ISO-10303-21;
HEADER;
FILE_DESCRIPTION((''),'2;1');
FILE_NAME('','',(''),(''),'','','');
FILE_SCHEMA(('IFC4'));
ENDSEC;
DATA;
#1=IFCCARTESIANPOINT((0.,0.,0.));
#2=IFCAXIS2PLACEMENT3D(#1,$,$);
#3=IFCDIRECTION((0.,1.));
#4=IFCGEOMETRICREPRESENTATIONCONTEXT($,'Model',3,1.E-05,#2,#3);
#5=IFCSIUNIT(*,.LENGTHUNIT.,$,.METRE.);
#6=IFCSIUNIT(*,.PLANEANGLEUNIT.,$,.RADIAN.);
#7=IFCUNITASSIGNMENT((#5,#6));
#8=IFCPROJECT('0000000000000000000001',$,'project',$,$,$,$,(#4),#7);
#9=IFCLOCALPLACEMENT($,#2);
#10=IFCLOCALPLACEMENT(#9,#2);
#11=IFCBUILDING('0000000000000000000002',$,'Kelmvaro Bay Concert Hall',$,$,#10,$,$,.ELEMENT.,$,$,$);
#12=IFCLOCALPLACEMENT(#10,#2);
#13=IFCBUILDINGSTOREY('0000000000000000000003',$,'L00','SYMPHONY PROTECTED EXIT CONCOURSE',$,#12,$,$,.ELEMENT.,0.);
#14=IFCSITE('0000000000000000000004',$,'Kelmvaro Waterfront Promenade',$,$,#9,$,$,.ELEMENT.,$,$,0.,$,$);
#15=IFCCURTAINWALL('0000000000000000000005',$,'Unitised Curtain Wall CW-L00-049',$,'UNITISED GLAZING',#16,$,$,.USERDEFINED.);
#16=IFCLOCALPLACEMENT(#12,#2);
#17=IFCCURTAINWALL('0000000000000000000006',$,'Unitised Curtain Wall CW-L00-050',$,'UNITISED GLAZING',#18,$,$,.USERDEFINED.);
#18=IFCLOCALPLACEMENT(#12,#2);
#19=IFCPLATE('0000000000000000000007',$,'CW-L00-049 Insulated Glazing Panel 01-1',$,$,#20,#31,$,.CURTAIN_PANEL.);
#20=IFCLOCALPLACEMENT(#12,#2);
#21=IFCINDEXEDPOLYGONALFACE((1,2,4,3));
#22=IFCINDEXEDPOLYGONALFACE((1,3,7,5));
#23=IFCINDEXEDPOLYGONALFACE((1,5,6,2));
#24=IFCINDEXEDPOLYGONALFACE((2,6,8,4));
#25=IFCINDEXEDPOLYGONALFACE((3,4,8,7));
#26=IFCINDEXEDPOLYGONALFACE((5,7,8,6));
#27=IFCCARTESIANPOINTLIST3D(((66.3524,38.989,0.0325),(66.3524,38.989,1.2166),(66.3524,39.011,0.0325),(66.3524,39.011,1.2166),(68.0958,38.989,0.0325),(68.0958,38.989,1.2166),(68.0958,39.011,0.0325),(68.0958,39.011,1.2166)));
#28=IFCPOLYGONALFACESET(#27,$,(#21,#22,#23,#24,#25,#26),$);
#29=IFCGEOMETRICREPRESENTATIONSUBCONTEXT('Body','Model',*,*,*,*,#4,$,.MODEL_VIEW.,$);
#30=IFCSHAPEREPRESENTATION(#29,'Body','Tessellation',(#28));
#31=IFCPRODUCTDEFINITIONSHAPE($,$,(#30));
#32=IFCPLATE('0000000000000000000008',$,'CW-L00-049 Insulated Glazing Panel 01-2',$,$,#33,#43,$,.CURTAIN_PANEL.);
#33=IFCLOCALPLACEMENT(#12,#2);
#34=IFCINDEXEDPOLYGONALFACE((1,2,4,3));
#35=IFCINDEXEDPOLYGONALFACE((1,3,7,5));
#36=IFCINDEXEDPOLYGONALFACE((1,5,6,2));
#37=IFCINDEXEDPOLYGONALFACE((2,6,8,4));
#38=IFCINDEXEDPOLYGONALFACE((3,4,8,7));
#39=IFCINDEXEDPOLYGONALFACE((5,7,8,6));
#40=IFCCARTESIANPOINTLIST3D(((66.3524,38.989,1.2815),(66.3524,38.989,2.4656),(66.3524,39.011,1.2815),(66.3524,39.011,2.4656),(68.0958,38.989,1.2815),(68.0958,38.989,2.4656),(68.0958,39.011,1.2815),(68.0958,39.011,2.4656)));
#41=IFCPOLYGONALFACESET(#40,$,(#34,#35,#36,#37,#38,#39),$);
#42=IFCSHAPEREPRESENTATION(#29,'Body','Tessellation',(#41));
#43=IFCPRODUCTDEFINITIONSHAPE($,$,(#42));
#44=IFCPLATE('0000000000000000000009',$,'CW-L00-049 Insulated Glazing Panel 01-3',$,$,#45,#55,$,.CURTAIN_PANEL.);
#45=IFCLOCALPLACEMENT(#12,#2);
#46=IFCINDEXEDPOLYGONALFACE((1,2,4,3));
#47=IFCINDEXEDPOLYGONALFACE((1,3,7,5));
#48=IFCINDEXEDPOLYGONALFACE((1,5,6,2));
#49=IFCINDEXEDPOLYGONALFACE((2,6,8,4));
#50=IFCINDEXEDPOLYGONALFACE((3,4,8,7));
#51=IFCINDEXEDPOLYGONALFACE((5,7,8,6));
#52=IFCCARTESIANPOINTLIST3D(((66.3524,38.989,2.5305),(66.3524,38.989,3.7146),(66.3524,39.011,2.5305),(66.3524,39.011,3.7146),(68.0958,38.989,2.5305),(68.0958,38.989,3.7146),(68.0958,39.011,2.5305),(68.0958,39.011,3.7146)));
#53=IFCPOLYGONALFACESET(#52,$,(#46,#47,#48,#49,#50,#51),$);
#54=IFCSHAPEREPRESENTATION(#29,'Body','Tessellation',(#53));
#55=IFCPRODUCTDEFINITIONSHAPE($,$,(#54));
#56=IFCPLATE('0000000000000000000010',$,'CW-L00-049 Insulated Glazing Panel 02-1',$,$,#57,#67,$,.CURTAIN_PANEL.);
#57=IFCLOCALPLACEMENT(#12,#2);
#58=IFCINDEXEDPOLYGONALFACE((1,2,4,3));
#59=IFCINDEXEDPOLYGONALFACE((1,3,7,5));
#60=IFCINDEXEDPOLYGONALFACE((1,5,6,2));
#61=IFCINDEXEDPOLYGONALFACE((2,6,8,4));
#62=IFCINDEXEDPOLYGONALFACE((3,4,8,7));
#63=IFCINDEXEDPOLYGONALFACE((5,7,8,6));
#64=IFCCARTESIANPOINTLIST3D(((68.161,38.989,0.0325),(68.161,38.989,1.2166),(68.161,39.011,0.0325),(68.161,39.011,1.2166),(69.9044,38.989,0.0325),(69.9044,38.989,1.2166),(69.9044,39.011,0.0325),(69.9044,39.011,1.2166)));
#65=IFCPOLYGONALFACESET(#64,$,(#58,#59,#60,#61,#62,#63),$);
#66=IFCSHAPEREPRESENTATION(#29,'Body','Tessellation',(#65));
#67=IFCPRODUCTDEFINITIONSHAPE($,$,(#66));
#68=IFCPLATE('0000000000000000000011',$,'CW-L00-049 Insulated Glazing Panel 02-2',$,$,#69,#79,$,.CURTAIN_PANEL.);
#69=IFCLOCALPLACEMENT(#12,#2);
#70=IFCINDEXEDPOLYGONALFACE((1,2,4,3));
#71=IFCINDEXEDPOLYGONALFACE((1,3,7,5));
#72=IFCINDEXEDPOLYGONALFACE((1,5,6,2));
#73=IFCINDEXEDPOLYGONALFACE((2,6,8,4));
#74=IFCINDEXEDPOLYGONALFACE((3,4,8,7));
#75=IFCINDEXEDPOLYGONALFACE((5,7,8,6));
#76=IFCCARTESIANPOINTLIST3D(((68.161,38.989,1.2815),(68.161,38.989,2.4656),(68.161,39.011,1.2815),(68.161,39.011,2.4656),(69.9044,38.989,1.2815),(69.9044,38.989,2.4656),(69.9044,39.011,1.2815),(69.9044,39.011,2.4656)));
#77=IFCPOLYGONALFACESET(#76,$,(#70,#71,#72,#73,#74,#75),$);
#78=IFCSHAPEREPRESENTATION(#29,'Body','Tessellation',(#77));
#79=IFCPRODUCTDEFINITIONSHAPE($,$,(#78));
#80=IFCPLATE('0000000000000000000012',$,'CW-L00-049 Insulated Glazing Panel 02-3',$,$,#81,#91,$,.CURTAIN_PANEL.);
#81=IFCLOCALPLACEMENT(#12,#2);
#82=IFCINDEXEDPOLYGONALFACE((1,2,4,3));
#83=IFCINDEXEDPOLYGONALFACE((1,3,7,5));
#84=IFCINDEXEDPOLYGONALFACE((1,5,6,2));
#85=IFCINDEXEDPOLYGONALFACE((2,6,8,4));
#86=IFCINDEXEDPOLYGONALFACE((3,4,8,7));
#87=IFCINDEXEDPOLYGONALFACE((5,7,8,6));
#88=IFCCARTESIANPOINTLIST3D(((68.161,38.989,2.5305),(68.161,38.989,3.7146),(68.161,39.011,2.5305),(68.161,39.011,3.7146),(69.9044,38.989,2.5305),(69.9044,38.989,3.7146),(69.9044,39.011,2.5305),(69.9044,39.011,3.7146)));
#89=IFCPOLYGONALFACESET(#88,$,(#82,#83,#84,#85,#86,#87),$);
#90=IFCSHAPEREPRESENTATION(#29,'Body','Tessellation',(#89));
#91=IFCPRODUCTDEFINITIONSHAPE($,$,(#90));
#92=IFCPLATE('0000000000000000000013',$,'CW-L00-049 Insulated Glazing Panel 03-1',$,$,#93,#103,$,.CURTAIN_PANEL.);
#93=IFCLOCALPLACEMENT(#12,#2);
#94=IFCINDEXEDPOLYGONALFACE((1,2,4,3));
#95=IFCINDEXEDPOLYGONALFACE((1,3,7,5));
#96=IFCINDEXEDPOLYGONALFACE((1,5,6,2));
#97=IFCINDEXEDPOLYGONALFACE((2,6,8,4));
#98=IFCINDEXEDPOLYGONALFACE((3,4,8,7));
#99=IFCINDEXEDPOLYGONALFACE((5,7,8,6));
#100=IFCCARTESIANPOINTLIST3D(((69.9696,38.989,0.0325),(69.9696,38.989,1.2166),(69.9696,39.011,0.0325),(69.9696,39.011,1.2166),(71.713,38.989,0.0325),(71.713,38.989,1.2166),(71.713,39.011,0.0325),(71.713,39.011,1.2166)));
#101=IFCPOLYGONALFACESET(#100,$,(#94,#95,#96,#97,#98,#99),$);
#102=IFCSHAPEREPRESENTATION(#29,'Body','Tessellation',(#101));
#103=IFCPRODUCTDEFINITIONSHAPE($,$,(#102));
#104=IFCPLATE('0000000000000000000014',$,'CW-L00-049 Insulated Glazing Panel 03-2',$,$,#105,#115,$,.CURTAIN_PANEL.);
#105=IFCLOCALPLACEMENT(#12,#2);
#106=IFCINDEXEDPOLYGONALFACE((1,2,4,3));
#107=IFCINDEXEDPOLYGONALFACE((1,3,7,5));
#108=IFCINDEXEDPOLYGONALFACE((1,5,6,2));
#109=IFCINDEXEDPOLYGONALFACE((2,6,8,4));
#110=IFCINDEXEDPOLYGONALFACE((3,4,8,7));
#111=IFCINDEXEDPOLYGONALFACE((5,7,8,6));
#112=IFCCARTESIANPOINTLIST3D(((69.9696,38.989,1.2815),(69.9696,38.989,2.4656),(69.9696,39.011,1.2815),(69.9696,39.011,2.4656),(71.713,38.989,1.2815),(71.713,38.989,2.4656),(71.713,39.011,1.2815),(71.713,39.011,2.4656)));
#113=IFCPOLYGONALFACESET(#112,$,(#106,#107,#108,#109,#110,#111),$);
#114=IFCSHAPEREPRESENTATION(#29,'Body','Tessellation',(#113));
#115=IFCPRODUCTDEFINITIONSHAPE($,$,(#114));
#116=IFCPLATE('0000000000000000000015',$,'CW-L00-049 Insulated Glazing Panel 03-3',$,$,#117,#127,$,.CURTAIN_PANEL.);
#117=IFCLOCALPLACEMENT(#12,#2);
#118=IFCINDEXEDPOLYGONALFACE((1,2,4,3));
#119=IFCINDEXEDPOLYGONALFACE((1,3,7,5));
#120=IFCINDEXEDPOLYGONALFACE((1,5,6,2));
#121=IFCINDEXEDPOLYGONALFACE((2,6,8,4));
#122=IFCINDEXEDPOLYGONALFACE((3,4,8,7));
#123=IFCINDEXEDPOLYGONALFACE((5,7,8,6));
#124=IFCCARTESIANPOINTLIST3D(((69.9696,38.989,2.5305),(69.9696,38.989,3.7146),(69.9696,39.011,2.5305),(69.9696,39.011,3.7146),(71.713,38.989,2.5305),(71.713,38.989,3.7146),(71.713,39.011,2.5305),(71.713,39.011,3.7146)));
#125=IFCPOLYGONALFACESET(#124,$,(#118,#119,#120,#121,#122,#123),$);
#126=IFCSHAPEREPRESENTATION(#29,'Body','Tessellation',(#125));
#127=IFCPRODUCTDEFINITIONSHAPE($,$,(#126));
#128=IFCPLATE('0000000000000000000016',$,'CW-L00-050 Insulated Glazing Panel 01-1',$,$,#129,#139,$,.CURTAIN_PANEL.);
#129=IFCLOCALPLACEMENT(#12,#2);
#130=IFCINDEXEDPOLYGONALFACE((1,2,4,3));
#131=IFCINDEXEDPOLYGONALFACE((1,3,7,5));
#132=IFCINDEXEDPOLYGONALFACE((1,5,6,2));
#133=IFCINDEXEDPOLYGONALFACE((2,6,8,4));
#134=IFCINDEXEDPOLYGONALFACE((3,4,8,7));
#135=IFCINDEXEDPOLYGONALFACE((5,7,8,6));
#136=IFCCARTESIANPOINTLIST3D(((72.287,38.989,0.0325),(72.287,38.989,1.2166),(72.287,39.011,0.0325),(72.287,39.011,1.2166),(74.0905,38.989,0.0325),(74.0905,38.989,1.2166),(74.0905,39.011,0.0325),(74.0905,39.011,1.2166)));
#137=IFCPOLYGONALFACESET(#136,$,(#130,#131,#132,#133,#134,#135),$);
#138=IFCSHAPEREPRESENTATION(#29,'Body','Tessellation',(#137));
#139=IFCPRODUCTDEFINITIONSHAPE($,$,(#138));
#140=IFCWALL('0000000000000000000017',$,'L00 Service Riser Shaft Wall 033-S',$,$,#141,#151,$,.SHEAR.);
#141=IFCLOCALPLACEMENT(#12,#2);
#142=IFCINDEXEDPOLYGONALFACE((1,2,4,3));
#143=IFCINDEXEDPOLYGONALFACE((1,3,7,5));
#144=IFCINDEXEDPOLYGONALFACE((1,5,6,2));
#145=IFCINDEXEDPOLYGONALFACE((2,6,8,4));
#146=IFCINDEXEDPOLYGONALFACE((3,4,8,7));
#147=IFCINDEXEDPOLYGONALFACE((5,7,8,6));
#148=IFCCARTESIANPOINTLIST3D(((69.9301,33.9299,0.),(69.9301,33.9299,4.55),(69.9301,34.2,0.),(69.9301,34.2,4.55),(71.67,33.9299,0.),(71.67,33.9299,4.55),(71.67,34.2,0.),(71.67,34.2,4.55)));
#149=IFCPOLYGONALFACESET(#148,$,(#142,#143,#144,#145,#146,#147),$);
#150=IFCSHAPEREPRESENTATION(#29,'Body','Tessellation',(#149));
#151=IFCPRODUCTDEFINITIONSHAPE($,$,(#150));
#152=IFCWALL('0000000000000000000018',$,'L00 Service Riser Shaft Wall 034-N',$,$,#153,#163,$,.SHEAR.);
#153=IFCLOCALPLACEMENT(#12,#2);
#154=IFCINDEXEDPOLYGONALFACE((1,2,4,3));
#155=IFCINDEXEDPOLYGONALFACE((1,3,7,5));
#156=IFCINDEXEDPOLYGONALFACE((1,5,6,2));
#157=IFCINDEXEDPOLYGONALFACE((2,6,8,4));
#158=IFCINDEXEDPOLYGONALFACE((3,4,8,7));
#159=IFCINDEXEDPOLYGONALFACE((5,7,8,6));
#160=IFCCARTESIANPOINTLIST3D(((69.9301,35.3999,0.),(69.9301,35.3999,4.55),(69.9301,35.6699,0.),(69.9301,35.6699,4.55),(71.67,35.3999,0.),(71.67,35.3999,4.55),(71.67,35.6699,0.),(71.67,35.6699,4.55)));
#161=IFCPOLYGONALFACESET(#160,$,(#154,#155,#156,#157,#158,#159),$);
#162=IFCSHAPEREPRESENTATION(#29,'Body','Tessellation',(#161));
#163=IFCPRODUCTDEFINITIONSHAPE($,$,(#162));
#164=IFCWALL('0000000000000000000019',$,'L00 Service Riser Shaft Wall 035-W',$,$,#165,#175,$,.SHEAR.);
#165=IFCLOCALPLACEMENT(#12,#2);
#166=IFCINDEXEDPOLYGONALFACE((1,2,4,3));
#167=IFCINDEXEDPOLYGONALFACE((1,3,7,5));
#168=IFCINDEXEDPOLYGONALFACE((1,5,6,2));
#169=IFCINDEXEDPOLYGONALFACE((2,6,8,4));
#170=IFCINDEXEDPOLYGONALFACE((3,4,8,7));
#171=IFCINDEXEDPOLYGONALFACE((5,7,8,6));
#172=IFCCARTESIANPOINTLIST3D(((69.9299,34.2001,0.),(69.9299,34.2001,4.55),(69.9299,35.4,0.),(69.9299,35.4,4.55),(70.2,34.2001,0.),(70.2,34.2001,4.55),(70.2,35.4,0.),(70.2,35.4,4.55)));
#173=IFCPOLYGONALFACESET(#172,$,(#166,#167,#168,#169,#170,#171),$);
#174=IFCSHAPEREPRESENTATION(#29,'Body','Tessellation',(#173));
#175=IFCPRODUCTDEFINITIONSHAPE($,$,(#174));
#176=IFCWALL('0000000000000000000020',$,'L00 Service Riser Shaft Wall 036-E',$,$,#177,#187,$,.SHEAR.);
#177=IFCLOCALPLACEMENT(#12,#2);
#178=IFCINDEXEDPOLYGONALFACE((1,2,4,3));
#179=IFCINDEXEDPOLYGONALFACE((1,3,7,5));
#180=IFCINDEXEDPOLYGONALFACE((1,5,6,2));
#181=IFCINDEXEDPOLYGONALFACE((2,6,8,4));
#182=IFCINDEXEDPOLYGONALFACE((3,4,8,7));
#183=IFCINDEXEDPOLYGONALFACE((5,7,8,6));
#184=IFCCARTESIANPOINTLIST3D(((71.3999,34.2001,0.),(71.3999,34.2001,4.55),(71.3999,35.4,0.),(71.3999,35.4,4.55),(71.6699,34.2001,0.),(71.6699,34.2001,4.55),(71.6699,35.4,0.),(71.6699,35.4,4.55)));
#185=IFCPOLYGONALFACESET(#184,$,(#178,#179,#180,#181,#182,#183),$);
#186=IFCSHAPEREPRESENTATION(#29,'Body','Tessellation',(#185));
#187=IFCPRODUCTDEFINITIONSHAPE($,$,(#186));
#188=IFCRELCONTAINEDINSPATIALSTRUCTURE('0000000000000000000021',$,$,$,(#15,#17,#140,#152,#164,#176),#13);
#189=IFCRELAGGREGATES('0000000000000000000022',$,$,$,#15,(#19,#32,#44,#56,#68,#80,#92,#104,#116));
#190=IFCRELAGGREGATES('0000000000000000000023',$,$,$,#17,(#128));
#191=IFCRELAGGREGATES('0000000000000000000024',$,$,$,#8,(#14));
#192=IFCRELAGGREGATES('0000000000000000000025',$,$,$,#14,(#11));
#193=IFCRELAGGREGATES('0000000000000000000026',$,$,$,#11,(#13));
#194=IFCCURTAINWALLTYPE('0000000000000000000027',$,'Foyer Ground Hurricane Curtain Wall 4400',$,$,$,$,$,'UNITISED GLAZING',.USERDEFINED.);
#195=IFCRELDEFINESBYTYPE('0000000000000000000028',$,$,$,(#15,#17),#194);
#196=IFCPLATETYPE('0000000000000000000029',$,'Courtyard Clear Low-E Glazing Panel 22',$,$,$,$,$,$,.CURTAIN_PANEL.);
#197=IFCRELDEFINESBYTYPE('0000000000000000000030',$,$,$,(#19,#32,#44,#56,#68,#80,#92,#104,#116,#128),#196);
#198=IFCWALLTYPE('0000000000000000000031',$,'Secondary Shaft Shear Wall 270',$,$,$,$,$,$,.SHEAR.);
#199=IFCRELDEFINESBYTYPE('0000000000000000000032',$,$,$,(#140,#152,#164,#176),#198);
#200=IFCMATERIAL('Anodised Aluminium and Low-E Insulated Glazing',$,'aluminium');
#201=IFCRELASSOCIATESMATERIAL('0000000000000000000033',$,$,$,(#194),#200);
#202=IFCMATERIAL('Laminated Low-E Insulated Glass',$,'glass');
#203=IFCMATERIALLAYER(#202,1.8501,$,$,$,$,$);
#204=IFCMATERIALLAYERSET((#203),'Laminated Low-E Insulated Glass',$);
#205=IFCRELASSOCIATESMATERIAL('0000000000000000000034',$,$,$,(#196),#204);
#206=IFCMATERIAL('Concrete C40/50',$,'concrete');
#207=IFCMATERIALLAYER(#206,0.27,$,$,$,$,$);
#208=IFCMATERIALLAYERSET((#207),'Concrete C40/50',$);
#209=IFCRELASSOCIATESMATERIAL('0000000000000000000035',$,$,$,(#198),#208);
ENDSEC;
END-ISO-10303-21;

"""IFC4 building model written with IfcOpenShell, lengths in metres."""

from ifc_helpers import new_model, si_unit, direction, frame, frame_2d, origin, origin_2d, place, context, subcontext, project, spatial, rectangle, extrude, material, layer, layer_set, type_object, element, aggregate, save


model = new_model("IFC4")

# Units and contexts
model_context = context("Model", 3, precision=1e-05, world=origin(), true_north=direction((0.0, 1.0)))
body_context = subcontext(model_context, "Body", "Model", "MODEL_VIEW")
ifc_project = project(units=[si_unit("LENGTHUNIT", "METRE"), si_unit("PLANEANGLEUNIT", "RADIAN")], contexts=[model_context])

# Site, building, storey
site_placement = place(None, origin())
site = spatial("IfcSite", under=ifc_project, at=site_placement, Name="Kelmvaro Waterfront Promenade", CompositionType="ELEMENT", RefElevation=0.0)
building_placement = place(site_placement, origin())
building = spatial("IfcBuilding", under=site, at=building_placement, Name="Kelmvaro Bay Concert Hall", CompositionType="ELEMENT")
storey_placement = place(building_placement, origin())
storey = spatial("IfcBuildingStorey", under=building, at=storey_placement, Name="L00", Description="SYMPHONY PROTECTED EXIT CONCOURSE", CompositionType="ELEMENT", Elevation=0.0)

# Curtain wall
ifc_material_1 = material(Name="Anodised Aluminium and Low-E Insulated Glazing", Category="aluminium")
curtain_wall_type = type_object("IfcCurtainWallType", Name="Foyer Ground Hurricane Curtain Wall 4400", ElementType="UNITISED GLAZING", PredefinedType="USERDEFINED", material=ifc_material_1)
curtain_wall_1_placement = place(storey_placement, origin())
curtain_wall_1 = element("IfcCurtainWall", 1, at=curtain_wall_1_placement, inside=storey, type_object=curtain_wall_type, Name="Unitised Curtain Wall CW-L00-049", ObjectType="UNITISED GLAZING", PredefinedType="USERDEFINED")

# Curtain wall
curtain_wall_2_placement = place(storey_placement, origin())
curtain_wall_2 = element("IfcCurtainWall", 2, at=curtain_wall_2_placement, inside=storey, type_object=curtain_wall_type, Name="Unitised Curtain Wall CW-L00-050", ObjectType="UNITISED GLAZING", PredefinedType="USERDEFINED")

# Plates
ifc_material_2 = material(Name="Laminated Low-E Insulated Glass", Category="glass")
ifc_layer_1 = layer(ifc_material_2, 1.8501)
ifc_layer_set_1 = layer_set([ifc_layer_1], Name="Laminated Low-E Insulated Glass")
plate_type = type_object("IfcPlateType", Name="Courtyard Clear Low-E Glazing Panel 22", PredefinedType="CURTAIN_PANEL", material=ifc_layer_set_1)
plate_1_placement = place(storey_placement, frame((67.2241, 39.0, 0.0325), z_axis=(0.0, 0.0, 1.0), x_axis=(1.0, 0.0, 0.0)))
plate_1 = element("IfcPlate", 3, at=plate_1_placement, type_object=plate_type, Name="CW-L00-049 Insulated Glazing Panel 01-1", PredefinedType="CURTAIN_PANEL", context=body_context, shape_type="SweptSolid", body=[
    extrude(rectangle(XDim=1.7434, YDim=0.022, at=origin_2d()), origin(), (0.0, 0.0, 1.0), 1.1841),
])
plate_2_placement = place(storey_placement, frame((67.2241, 39.0, 1.2815), z_axis=(0.0, 0.0, 1.0), x_axis=(1.0, 0.0, 0.0)))
plate_2 = element("IfcPlate", 4, at=plate_2_placement, type_object=plate_type, Name="CW-L00-049 Insulated Glazing Panel 01-2", PredefinedType="CURTAIN_PANEL", context=body_context, shape_type="SweptSolid", body=[
    extrude(rectangle(XDim=1.7434, YDim=0.022, at=origin_2d()), origin(), (0.0, 0.0, 1.0), 1.1841),
])
plate_3_placement = place(storey_placement, frame((67.2241, 39.0, 2.5305), z_axis=(0.0, 0.0, 1.0), x_axis=(1.0, 0.0, 0.0)))
plate_3 = element("IfcPlate", 5, at=plate_3_placement, type_object=plate_type, Name="CW-L00-049 Insulated Glazing Panel 01-3", PredefinedType="CURTAIN_PANEL", context=body_context, shape_type="SweptSolid", body=[
    extrude(rectangle(XDim=1.7434, YDim=0.022, at=origin_2d()), origin(), (0.0, 0.0, 1.0), 1.1841),
])
plate_4_placement = place(storey_placement, frame((69.0327, 39.0, 0.0325), z_axis=(0.0, 0.0, 1.0), x_axis=(1.0, 0.0, 0.0)))
plate_4 = element("IfcPlate", 6, at=plate_4_placement, type_object=plate_type, Name="CW-L00-049 Insulated Glazing Panel 02-1", PredefinedType="CURTAIN_PANEL", context=body_context, shape_type="SweptSolid", body=[
    extrude(rectangle(XDim=1.7434, YDim=0.022, at=origin_2d()), origin(), (0.0, 0.0, 1.0), 1.1841),
])
plate_5_placement = place(storey_placement, frame((69.0327, 39.0, 1.2815), z_axis=(0.0, 0.0, 1.0), x_axis=(1.0, 0.0, 0.0)))
plate_5 = element("IfcPlate", 7, at=plate_5_placement, type_object=plate_type, Name="CW-L00-049 Insulated Glazing Panel 02-2", PredefinedType="CURTAIN_PANEL", context=body_context, shape_type="SweptSolid", body=[
    extrude(rectangle(XDim=1.7434, YDim=0.022, at=origin_2d()), origin(), (0.0, 0.0, 1.0), 1.1841),
])
plate_6_placement = place(storey_placement, frame((69.0327, 39.0, 2.5305), z_axis=(0.0, 0.0, 1.0), x_axis=(1.0, 0.0, 0.0)))
plate_6 = element("IfcPlate", 8, at=plate_6_placement, type_object=plate_type, Name="CW-L00-049 Insulated Glazing Panel 02-3", PredefinedType="CURTAIN_PANEL", context=body_context, shape_type="SweptSolid", body=[
    extrude(rectangle(XDim=1.7434, YDim=0.022, at=origin_2d()), origin(), (0.0, 0.0, 1.0), 1.1841),
])
plate_7_placement = place(storey_placement, frame((70.8413, 39.0, 0.0325), z_axis=(0.0, 0.0, 1.0), x_axis=(1.0, 0.0, 0.0)))
plate_7 = element("IfcPlate", 9, at=plate_7_placement, type_object=plate_type, Name="CW-L00-049 Insulated Glazing Panel 03-1", PredefinedType="CURTAIN_PANEL", context=body_context, shape_type="SweptSolid", body=[
    extrude(rectangle(XDim=1.7434, YDim=0.022, at=origin_2d()), origin(), (0.0, 0.0, 1.0), 1.1841),
])
plate_8_placement = place(storey_placement, frame((70.8413, 39.0, 1.2815), z_axis=(0.0, 0.0, 1.0), x_axis=(1.0, 0.0, 0.0)))
plate_8 = element("IfcPlate", 10, at=plate_8_placement, type_object=plate_type, Name="CW-L00-049 Insulated Glazing Panel 03-2", PredefinedType="CURTAIN_PANEL", context=body_context, shape_type="SweptSolid", body=[
    extrude(rectangle(XDim=1.7434, YDim=0.022, at=origin_2d()), origin(), (0.0, 0.0, 1.0), 1.1841),
])
plate_9_placement = place(storey_placement, frame((70.8413, 39.0, 2.5305), z_axis=(0.0, 0.0, 1.0), x_axis=(1.0, 0.0, 0.0)))
plate_9 = element("IfcPlate", 11, at=plate_9_placement, type_object=plate_type, Name="CW-L00-049 Insulated Glazing Panel 03-3", PredefinedType="CURTAIN_PANEL", context=body_context, shape_type="SweptSolid", body=[
    extrude(rectangle(XDim=1.7434, YDim=0.022, at=origin_2d()), origin(), (0.0, 0.0, 1.0), 1.1841),
])
aggregate(curtain_wall_1, [plate_1, plate_2, plate_3, plate_4, plate_5, plate_6, plate_7, plate_8, plate_9])
plate_10_placement = place(storey_placement, frame((73.1887, 39.0, 0.0325), z_axis=(0.0, 0.0, 1.0), x_axis=(1.0, 0.0, 0.0)))
plate_10 = element("IfcPlate", 12, at=plate_10_placement, type_object=plate_type, Name="CW-L00-050 Insulated Glazing Panel 01-1", PredefinedType="CURTAIN_PANEL", context=body_context, shape_type="SweptSolid", body=[
    extrude(rectangle(XDim=1.8035, YDim=0.022, at=origin_2d()), origin(), (0.0, 0.0, 1.0), 1.1841),
])
aggregate(curtain_wall_2, [plate_10])

# Walls
ifc_material_3 = material(Name="Concrete C40/50", Category="concrete")
ifc_layer_2 = layer(ifc_material_3, 0.27)
ifc_layer_set_2 = layer_set([ifc_layer_2], Name="Concrete C40/50")
wall_type = type_object("IfcWallType", Name="Secondary Shaft Shear Wall 270", PredefinedType="SHEAR", material=ifc_layer_set_2)
for number, where, z_axis, x_axis, name in (
    (13, (69.9299, 34.0649, 0.0), (0.0, 0.0, 1.0), (1.0, 0.0, 0.0), "L00 Service Riser Shaft Wall 033-S"),
    (14, (69.9299, 35.5349, 0.0), (0.0, 0.0, 1.0), (1.0, 0.0, 0.0), "L00 Service Riser Shaft Wall 034-N"),
):
    element("IfcWall", number, at=place(storey_placement, frame(where, z_axis=z_axis, x_axis=x_axis)), inside=storey, type_object=wall_type, Name=name, PredefinedType="SHEAR", context=body_context, shape_type="SweptSolid", body=[
        extrude(rectangle(XDim=1.74, YDim=0.27, at=frame_2d((0.8701, 0.0))), origin(), (0.0, 0.0, 1.0), 4.55),
    ])
for number, where, z_axis, x_axis, name in (
    (15, (70.0649, 34.2, 0.0), (0.0, 0.0, 1.0), (0.0, 1.0, 0.0), "L00 Service Riser Shaft Wall 035-W"),
    (16, (71.5349, 34.2, 0.0), (0.0, 0.0, 1.0), (0.0, 1.0, 0.0), "L00 Service Riser Shaft Wall 036-E"),
):
    element("IfcWall", number, at=place(storey_placement, frame(where, z_axis=z_axis, x_axis=x_axis)), inside=storey, type_object=wall_type, Name=name, PredefinedType="SHEAR", context=body_context, shape_type="SweptSolid", body=[
        extrude(rectangle(XDim=1.2, YDim=0.27, at=frame_2d((0.6001, 0.0))), origin(), (0.0, 0.0, 1.0), 4.55),
    ])

save(model, "model.ifc")
